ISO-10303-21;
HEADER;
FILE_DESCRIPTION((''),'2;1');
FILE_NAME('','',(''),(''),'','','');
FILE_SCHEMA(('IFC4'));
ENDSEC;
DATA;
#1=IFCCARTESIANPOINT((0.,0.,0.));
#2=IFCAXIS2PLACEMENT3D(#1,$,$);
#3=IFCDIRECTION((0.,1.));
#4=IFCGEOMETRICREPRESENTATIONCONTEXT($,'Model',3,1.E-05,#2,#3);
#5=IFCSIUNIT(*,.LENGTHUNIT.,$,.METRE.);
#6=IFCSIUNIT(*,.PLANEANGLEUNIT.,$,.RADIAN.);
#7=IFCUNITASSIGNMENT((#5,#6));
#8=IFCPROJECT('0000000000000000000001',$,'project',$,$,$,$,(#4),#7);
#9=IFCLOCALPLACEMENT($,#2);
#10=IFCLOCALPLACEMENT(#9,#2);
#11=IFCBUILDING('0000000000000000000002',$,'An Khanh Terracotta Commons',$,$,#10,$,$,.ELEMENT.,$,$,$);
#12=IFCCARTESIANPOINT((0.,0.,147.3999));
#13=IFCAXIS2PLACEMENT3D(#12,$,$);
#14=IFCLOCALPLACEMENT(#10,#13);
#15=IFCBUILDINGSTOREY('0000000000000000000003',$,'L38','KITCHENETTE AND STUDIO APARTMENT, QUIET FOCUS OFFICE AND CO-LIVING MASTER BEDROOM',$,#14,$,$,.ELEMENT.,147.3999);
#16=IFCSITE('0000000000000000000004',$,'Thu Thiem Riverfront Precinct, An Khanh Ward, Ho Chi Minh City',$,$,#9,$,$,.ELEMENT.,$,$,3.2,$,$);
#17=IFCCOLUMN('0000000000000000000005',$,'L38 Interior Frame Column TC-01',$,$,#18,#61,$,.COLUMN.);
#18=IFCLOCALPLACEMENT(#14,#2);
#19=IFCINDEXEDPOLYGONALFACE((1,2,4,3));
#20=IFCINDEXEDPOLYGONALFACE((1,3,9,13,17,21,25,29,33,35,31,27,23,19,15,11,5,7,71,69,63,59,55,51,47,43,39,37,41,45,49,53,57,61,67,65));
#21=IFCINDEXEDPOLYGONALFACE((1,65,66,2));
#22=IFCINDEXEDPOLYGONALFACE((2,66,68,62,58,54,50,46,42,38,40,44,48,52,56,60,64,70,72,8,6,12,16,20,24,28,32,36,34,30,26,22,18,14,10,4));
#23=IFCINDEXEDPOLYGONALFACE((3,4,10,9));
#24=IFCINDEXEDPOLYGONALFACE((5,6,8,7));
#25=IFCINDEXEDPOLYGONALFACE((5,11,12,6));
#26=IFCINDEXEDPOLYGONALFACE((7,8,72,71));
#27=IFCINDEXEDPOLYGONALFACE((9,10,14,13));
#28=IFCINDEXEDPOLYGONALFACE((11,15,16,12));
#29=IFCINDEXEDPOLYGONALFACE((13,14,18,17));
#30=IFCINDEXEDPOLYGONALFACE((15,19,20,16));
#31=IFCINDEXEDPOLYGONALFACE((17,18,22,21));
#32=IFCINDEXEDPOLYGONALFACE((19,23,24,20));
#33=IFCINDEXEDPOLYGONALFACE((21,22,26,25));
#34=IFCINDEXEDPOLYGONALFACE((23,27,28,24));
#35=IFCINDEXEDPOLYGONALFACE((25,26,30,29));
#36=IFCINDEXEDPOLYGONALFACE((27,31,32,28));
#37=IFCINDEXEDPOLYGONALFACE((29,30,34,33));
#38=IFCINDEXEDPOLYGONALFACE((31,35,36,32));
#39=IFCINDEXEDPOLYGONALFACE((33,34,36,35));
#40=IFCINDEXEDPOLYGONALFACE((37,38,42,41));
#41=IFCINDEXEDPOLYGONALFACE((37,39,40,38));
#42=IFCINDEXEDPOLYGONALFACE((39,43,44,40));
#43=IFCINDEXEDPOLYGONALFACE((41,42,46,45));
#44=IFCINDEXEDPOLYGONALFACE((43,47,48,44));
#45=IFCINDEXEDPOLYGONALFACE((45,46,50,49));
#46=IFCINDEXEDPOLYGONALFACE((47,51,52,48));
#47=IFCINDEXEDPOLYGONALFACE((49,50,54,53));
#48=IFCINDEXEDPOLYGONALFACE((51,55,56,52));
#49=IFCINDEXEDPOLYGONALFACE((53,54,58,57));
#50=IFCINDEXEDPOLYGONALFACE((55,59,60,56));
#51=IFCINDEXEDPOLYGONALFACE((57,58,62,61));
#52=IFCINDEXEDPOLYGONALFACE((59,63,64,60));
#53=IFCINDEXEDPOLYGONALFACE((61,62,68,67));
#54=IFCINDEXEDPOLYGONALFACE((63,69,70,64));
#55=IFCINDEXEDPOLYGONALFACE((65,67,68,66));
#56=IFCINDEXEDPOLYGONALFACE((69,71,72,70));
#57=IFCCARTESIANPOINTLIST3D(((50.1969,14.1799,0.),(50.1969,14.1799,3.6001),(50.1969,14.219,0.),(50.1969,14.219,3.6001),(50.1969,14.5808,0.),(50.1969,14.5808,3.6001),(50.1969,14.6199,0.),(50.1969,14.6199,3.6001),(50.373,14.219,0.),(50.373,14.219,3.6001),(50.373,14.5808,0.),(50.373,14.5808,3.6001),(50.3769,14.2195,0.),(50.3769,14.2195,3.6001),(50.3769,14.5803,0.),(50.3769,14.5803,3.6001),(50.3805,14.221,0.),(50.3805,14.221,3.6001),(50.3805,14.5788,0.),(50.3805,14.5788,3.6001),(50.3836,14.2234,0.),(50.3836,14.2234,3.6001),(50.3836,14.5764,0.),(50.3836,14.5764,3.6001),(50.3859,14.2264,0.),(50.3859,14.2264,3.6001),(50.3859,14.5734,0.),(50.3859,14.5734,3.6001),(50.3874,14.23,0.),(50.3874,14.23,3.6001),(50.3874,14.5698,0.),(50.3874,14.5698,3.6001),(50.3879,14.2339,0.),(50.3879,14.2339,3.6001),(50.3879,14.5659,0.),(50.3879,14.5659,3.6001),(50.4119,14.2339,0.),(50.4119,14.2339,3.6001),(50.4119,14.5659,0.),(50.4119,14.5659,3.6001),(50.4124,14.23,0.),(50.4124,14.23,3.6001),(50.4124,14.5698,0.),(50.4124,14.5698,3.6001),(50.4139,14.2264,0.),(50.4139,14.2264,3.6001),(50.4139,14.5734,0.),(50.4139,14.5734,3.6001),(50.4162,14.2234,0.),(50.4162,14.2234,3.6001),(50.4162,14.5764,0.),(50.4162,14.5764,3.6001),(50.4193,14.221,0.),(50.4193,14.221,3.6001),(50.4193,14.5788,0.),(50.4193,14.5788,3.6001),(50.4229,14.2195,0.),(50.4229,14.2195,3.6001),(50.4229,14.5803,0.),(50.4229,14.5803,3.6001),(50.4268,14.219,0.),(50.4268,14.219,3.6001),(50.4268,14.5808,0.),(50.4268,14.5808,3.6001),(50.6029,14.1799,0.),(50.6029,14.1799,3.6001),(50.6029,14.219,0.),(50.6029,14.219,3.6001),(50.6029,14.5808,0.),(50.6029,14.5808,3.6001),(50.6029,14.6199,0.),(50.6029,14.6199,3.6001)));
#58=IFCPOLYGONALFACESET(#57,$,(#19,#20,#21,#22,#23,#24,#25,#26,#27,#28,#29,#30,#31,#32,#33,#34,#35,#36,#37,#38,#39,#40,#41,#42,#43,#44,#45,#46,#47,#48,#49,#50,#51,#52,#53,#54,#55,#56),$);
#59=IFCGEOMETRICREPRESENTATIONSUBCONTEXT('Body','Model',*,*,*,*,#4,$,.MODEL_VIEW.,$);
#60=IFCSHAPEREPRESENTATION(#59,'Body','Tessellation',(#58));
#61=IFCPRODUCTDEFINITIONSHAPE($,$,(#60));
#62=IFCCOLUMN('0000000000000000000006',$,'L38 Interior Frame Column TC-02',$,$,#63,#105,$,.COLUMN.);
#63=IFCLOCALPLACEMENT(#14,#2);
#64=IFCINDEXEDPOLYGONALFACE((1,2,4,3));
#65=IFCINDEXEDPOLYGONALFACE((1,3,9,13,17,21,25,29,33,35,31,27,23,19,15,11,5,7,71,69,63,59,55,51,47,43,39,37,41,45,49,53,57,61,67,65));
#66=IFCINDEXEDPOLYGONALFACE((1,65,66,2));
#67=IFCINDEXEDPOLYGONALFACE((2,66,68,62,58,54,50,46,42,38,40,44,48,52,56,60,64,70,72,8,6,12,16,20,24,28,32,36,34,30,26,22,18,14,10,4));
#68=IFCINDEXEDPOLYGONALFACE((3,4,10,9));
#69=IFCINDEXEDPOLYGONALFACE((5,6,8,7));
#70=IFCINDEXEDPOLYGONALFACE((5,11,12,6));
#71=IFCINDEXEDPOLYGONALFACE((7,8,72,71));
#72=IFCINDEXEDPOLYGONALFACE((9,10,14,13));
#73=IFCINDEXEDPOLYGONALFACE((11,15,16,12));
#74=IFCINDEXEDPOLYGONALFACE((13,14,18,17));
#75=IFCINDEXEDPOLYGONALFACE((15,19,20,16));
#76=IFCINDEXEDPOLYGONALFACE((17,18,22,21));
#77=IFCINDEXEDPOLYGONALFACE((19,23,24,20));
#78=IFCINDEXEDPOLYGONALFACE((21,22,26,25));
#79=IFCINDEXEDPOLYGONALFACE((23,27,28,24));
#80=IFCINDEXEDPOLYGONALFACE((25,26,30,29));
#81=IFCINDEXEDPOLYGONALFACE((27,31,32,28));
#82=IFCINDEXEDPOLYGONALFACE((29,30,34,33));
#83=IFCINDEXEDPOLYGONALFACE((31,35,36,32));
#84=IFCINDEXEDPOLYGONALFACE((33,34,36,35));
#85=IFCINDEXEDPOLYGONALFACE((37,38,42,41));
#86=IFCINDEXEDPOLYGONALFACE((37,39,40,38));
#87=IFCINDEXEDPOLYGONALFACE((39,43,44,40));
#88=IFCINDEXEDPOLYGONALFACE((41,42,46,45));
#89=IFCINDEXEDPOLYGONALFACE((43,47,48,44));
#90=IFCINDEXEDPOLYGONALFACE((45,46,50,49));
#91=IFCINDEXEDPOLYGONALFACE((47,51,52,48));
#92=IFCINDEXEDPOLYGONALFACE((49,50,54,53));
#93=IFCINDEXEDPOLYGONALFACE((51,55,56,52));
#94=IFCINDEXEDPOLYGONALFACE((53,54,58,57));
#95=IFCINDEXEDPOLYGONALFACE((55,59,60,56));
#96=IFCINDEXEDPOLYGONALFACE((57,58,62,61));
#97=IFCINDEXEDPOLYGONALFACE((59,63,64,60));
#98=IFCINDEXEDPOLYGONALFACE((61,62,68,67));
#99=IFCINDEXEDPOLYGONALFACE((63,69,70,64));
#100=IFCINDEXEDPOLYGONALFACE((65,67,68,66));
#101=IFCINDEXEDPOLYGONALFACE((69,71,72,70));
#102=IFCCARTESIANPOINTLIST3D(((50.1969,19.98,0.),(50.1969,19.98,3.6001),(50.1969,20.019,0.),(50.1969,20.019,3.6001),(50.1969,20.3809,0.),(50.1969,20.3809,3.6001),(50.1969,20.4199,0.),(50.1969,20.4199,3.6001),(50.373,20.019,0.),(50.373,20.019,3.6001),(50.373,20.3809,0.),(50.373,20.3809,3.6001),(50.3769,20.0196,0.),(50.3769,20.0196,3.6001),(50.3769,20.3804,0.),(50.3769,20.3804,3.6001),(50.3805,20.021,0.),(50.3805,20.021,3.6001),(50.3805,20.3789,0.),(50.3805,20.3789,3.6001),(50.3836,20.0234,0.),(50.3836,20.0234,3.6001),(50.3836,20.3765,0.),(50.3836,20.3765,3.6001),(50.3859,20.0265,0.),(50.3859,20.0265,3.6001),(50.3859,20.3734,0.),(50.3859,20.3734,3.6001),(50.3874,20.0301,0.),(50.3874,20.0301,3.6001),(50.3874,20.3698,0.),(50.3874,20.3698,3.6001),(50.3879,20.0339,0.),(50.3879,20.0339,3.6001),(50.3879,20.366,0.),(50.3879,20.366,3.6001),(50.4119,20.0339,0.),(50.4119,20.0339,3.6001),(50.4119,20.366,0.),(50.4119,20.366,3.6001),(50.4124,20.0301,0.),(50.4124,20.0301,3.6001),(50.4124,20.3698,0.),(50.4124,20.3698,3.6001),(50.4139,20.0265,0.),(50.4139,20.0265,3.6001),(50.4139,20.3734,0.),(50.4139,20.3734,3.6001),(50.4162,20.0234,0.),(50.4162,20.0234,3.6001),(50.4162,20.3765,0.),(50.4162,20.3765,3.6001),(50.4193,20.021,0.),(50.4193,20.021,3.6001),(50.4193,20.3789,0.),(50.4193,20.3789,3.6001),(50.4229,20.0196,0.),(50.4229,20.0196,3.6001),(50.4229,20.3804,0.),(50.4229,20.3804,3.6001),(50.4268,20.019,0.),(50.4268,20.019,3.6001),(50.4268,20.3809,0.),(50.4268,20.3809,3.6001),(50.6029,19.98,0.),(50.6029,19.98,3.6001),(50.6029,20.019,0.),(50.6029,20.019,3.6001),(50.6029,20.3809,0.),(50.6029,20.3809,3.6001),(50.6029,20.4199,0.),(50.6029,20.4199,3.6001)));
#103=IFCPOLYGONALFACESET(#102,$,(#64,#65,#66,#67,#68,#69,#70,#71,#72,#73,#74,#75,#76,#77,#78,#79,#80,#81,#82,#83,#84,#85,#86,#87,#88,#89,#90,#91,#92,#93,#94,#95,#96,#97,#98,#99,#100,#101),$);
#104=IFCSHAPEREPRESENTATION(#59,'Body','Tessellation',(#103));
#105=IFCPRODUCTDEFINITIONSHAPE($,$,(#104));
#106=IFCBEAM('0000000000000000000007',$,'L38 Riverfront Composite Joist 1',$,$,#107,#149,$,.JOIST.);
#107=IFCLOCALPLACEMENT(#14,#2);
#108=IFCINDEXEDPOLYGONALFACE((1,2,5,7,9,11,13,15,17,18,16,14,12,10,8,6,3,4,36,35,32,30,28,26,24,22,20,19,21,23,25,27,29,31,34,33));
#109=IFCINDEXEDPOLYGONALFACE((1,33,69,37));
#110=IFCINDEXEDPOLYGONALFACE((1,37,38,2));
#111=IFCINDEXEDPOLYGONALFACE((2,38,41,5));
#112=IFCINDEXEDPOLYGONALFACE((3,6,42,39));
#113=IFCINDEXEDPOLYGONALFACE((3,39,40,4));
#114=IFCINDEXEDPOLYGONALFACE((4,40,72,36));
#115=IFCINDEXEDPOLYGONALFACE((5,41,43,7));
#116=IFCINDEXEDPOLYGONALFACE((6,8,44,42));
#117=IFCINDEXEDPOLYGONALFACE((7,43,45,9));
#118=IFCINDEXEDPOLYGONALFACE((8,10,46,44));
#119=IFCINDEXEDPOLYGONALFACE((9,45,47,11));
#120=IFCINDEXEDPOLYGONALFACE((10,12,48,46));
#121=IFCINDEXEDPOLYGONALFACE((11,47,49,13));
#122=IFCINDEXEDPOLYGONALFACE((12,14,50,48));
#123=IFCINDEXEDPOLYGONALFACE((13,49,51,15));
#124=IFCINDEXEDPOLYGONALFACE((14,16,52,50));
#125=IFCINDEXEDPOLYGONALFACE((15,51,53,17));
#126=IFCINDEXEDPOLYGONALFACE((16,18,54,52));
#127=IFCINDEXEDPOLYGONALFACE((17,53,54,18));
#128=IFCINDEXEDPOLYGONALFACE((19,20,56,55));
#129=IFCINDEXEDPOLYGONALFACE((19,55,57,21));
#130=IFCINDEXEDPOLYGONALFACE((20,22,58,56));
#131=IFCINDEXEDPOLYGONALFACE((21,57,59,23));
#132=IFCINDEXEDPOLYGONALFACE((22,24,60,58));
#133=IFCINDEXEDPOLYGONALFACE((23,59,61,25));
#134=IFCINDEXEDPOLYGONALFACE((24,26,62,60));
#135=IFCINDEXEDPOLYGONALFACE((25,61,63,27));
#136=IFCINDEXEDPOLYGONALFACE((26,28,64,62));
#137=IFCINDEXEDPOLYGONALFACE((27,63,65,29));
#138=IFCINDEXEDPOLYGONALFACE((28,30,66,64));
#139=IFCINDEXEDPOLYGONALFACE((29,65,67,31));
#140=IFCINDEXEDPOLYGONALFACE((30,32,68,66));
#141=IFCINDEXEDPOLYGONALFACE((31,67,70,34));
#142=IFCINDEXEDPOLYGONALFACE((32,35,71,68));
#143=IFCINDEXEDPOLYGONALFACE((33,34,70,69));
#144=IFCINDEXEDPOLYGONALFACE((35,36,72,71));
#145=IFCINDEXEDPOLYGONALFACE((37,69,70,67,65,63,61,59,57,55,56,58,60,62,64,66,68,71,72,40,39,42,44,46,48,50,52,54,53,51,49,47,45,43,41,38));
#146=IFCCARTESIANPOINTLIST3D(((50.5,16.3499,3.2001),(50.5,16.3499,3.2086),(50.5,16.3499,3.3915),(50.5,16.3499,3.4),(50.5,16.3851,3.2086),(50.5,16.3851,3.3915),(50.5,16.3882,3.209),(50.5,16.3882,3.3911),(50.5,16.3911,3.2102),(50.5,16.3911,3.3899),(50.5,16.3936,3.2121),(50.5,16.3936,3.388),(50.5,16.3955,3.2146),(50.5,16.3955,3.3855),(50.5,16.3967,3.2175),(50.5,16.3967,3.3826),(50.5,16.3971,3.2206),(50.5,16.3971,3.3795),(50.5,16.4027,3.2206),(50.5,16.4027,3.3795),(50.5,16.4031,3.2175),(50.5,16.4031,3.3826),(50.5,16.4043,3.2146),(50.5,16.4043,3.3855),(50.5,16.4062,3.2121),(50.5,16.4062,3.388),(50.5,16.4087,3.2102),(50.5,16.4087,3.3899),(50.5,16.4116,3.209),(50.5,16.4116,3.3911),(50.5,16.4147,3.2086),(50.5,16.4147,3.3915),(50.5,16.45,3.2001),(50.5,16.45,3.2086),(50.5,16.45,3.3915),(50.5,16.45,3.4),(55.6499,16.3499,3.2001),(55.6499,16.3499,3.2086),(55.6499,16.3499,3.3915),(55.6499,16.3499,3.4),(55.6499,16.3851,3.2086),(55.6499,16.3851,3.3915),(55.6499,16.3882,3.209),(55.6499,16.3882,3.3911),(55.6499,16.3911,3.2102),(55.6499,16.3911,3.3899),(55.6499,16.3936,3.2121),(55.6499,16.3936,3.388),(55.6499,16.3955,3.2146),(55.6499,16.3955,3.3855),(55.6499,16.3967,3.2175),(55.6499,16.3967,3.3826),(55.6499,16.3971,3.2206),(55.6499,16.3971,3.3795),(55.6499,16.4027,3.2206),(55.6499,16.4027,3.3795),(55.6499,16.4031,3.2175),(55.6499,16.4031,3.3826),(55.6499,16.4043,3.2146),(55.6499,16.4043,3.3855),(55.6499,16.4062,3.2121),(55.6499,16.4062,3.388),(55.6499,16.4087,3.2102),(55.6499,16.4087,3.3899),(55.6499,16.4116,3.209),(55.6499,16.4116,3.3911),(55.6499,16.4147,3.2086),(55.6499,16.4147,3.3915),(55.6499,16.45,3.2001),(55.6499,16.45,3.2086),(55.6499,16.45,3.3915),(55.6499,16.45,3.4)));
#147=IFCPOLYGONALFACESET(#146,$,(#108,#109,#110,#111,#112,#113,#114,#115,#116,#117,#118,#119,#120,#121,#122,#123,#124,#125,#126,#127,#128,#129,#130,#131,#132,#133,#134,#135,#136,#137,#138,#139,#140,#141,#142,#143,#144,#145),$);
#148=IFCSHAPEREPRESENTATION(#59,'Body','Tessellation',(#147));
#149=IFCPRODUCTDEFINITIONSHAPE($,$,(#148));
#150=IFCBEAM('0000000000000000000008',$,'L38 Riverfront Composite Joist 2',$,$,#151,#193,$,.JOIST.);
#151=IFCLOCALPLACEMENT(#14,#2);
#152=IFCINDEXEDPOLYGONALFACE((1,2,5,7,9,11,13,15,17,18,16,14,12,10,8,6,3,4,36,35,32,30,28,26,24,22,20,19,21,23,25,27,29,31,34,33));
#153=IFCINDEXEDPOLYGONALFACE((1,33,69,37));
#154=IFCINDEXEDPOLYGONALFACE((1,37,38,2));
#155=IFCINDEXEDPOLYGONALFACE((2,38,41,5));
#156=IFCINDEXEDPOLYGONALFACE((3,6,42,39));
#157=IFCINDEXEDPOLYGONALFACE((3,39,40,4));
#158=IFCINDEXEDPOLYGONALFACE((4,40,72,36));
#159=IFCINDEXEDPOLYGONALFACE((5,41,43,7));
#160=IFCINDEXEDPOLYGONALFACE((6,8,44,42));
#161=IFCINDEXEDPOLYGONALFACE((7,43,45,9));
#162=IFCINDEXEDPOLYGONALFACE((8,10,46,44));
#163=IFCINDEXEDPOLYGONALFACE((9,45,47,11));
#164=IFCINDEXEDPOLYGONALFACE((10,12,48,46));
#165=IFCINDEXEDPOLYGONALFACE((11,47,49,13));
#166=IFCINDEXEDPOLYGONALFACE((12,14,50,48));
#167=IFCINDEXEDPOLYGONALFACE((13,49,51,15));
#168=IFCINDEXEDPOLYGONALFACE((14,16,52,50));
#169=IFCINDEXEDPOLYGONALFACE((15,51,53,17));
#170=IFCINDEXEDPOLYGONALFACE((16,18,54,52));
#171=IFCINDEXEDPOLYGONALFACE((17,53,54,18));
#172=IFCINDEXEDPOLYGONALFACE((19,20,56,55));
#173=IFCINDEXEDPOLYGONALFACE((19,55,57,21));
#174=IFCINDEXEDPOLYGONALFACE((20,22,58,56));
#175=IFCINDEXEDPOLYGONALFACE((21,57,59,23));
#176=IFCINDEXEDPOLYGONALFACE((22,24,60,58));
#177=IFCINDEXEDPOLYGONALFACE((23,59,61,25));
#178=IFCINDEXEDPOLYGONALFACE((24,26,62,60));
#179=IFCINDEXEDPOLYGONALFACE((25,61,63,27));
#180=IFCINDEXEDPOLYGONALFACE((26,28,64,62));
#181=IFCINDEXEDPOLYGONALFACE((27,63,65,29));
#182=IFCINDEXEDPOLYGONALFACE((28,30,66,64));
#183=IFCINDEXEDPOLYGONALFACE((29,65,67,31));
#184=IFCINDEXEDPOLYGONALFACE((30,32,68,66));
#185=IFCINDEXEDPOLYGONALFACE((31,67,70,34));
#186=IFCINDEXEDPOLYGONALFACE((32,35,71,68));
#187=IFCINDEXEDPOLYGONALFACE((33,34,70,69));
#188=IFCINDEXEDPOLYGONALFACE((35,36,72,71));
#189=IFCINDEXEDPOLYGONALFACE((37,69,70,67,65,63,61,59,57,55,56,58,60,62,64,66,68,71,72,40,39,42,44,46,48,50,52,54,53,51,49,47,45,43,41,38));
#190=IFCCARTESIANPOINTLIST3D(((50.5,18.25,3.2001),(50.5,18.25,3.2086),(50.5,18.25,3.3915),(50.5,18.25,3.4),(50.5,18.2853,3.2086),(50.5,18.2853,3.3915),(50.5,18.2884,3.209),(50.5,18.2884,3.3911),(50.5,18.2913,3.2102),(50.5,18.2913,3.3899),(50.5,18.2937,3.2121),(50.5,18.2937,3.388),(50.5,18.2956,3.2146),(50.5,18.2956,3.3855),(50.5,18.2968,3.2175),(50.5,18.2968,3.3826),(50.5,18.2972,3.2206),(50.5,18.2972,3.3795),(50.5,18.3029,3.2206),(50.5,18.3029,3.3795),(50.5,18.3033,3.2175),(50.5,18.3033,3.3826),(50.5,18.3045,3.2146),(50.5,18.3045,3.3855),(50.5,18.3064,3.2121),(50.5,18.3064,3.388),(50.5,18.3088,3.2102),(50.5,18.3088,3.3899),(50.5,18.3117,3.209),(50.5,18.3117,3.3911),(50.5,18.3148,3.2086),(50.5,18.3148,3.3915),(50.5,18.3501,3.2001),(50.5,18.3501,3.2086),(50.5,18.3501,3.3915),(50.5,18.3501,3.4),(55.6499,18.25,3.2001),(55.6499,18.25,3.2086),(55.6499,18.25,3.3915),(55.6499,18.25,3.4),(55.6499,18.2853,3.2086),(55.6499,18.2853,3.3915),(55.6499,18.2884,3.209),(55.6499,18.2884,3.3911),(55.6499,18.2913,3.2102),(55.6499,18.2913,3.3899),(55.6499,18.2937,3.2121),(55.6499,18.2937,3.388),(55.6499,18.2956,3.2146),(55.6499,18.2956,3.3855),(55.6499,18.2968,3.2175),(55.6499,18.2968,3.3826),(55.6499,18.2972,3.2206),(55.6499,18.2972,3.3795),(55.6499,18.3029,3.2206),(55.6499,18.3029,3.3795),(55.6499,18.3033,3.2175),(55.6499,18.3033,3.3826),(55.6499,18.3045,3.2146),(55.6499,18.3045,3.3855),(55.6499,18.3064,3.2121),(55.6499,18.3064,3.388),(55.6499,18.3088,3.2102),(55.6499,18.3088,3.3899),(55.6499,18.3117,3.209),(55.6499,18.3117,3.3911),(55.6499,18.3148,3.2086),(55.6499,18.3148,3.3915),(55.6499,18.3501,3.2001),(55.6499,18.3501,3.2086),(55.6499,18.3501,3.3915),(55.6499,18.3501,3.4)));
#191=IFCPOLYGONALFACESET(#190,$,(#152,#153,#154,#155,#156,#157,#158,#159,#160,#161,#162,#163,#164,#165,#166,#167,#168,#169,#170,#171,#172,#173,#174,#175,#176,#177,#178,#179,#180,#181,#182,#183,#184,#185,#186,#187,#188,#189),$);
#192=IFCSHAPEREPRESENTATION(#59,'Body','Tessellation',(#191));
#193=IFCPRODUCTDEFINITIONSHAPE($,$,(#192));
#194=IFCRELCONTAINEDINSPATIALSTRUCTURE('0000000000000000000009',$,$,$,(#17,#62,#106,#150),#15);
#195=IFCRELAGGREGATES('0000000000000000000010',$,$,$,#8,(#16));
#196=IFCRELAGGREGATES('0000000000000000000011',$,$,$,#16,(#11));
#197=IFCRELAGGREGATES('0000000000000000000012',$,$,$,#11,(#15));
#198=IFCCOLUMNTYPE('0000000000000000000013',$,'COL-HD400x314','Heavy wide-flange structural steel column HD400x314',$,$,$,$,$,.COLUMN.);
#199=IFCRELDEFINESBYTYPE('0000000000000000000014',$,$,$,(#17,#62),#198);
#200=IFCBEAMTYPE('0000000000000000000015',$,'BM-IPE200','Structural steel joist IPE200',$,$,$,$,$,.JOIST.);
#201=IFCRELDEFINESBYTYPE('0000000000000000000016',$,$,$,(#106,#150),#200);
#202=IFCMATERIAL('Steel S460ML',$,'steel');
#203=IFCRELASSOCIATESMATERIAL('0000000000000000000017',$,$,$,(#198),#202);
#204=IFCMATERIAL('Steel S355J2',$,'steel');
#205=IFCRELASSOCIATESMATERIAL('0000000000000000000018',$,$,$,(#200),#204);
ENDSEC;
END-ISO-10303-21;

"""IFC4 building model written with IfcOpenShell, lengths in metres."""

from ifc_helpers import new_model, si_unit, direction, frame, origin, origin_2d, place, context, subcontext, project, spatial, i_section, extrude, material, material_profile, profile_set, type_object, element, save


model = new_model("IFC4")

# Units and contexts
model_context = context("Model", 3, precision=1e-05, world=origin(), true_north=direction((0.0, 1.0)))
body_context = subcontext(model_context, "Body", "Model", "MODEL_VIEW")
ifc_project = project(units=[si_unit("LENGTHUNIT", "METRE"), si_unit("PLANEANGLEUNIT", "RADIAN")], contexts=[model_context])

# Site, building, storey
site_placement = place(None, origin())
site = spatial("IfcSite", under=ifc_project, at=site_placement, Name="Thu Thiem Riverfront Precinct, An Khanh Ward, Ho Chi Minh City", CompositionType="ELEMENT", RefElevation=3.2)
building_placement = place(site_placement, origin())
building = spatial("IfcBuilding", under=site, at=building_placement, Name="An Khanh Terracotta Commons", CompositionType="ELEMENT")
storey_placement = place(building_placement, frame((0.0, 0.0, 147.3999)))
storey = spatial("IfcBuildingStorey", under=building, at=storey_placement, Name="L38", Description="KITCHENETTE AND STUDIO APARTMENT, QUIET FOCUS OFFICE AND CO-LIVING MASTER BEDROOM", CompositionType="ELEMENT", Elevation=147.3999)

# Columns
ifc_material_1 = material(Name="Steel S460ML", Category="steel")
ifc_material_profile_1 = material_profile(ifc_material_1, i_section(OverallWidth=0.406, OverallDepth=0.4399, WebThickness=0.0239, FlangeThickness=0.0391, FilletRadius=0.0149, at=origin_2d()), Name="HD400x314")
ifc_profile_set_1 = profile_set([ifc_material_profile_1], Name="Steel S460ML")
column_type = type_object("IfcColumnType", Name="COL-HD400x314", Description="Heavy wide-flange structural steel column HD400x314", PredefinedType="COLUMN", material=ifc_profile_set_1)
for number, where, z_axis, x_axis, name in (
    (1, (50.3999, 14.3999, 0.0), (0.0, 0.0, 1.0), (1.0, 0.0, 0.0), "L38 Interior Frame Column TC-01"),
    (2, (50.3999, 20.2, 0.0), (0.0, 0.0, 1.0), (1.0, 0.0, 0.0), "L38 Interior Frame Column TC-02"),
):
    element("IfcColumn", number, at=place(storey_placement, frame(where, z_axis=z_axis, x_axis=x_axis)), inside=storey, type_object=column_type, Name=name, PredefinedType="COLUMN", context=body_context, shape_type="SweptSolid", body=[
        extrude(i_section(OverallWidth=0.406, OverallDepth=0.4399, WebThickness=0.0239, FlangeThickness=0.0391, FilletRadius=0.0149, at=origin_2d()), origin(), (0.0, 0.0, 1.0), 3.6001),
    ])

# Beams
ifc_material_2 = material(Name="Steel S355J2", Category="steel")
ifc_material_profile_2 = material_profile(ifc_material_2, i_section(OverallWidth=0.1001, OverallDepth=0.2, WebThickness=0.0056, FlangeThickness=0.0085, FilletRadius=0.012, at=origin_2d()), Name="IPE200")
ifc_profile_set_2 = profile_set([ifc_material_profile_2], Name="Steel S355J2")
beam_type_1 = type_object("IfcBeamType", Name="BM-IPE200", Description="Structural steel joist IPE200", PredefinedType="JOIST", material=ifc_profile_set_2)
for number, where, z_axis, x_axis, name in (
    (3, (50.5, 16.3999, 3.3), (1.0, 0.0, 0.0), (0.0, 1.0, 0.0), "L38 Riverfront Composite Joist 1"),
    (4, (50.5, 18.3, 3.3), (1.0, 0.0, 0.0), (0.0, 1.0, 0.0), "L38 Riverfront Composite Joist 2"),
):
    element("IfcBeam", number, at=place(storey_placement, frame(where, z_axis=z_axis, x_axis=x_axis)), inside=storey, type_object=beam_type_1, Name=name, PredefinedType="JOIST", context=body_context, shape_type="SweptSolid", body=[
        extrude(i_section(OverallWidth=0.1001, OverallDepth=0.2, WebThickness=0.0056, FlangeThickness=0.0085, FilletRadius=0.012, at=origin_2d()), origin(), (0.0, 0.0, 1.0), 5.1499),
    ])

save(model, "model.ifc")
